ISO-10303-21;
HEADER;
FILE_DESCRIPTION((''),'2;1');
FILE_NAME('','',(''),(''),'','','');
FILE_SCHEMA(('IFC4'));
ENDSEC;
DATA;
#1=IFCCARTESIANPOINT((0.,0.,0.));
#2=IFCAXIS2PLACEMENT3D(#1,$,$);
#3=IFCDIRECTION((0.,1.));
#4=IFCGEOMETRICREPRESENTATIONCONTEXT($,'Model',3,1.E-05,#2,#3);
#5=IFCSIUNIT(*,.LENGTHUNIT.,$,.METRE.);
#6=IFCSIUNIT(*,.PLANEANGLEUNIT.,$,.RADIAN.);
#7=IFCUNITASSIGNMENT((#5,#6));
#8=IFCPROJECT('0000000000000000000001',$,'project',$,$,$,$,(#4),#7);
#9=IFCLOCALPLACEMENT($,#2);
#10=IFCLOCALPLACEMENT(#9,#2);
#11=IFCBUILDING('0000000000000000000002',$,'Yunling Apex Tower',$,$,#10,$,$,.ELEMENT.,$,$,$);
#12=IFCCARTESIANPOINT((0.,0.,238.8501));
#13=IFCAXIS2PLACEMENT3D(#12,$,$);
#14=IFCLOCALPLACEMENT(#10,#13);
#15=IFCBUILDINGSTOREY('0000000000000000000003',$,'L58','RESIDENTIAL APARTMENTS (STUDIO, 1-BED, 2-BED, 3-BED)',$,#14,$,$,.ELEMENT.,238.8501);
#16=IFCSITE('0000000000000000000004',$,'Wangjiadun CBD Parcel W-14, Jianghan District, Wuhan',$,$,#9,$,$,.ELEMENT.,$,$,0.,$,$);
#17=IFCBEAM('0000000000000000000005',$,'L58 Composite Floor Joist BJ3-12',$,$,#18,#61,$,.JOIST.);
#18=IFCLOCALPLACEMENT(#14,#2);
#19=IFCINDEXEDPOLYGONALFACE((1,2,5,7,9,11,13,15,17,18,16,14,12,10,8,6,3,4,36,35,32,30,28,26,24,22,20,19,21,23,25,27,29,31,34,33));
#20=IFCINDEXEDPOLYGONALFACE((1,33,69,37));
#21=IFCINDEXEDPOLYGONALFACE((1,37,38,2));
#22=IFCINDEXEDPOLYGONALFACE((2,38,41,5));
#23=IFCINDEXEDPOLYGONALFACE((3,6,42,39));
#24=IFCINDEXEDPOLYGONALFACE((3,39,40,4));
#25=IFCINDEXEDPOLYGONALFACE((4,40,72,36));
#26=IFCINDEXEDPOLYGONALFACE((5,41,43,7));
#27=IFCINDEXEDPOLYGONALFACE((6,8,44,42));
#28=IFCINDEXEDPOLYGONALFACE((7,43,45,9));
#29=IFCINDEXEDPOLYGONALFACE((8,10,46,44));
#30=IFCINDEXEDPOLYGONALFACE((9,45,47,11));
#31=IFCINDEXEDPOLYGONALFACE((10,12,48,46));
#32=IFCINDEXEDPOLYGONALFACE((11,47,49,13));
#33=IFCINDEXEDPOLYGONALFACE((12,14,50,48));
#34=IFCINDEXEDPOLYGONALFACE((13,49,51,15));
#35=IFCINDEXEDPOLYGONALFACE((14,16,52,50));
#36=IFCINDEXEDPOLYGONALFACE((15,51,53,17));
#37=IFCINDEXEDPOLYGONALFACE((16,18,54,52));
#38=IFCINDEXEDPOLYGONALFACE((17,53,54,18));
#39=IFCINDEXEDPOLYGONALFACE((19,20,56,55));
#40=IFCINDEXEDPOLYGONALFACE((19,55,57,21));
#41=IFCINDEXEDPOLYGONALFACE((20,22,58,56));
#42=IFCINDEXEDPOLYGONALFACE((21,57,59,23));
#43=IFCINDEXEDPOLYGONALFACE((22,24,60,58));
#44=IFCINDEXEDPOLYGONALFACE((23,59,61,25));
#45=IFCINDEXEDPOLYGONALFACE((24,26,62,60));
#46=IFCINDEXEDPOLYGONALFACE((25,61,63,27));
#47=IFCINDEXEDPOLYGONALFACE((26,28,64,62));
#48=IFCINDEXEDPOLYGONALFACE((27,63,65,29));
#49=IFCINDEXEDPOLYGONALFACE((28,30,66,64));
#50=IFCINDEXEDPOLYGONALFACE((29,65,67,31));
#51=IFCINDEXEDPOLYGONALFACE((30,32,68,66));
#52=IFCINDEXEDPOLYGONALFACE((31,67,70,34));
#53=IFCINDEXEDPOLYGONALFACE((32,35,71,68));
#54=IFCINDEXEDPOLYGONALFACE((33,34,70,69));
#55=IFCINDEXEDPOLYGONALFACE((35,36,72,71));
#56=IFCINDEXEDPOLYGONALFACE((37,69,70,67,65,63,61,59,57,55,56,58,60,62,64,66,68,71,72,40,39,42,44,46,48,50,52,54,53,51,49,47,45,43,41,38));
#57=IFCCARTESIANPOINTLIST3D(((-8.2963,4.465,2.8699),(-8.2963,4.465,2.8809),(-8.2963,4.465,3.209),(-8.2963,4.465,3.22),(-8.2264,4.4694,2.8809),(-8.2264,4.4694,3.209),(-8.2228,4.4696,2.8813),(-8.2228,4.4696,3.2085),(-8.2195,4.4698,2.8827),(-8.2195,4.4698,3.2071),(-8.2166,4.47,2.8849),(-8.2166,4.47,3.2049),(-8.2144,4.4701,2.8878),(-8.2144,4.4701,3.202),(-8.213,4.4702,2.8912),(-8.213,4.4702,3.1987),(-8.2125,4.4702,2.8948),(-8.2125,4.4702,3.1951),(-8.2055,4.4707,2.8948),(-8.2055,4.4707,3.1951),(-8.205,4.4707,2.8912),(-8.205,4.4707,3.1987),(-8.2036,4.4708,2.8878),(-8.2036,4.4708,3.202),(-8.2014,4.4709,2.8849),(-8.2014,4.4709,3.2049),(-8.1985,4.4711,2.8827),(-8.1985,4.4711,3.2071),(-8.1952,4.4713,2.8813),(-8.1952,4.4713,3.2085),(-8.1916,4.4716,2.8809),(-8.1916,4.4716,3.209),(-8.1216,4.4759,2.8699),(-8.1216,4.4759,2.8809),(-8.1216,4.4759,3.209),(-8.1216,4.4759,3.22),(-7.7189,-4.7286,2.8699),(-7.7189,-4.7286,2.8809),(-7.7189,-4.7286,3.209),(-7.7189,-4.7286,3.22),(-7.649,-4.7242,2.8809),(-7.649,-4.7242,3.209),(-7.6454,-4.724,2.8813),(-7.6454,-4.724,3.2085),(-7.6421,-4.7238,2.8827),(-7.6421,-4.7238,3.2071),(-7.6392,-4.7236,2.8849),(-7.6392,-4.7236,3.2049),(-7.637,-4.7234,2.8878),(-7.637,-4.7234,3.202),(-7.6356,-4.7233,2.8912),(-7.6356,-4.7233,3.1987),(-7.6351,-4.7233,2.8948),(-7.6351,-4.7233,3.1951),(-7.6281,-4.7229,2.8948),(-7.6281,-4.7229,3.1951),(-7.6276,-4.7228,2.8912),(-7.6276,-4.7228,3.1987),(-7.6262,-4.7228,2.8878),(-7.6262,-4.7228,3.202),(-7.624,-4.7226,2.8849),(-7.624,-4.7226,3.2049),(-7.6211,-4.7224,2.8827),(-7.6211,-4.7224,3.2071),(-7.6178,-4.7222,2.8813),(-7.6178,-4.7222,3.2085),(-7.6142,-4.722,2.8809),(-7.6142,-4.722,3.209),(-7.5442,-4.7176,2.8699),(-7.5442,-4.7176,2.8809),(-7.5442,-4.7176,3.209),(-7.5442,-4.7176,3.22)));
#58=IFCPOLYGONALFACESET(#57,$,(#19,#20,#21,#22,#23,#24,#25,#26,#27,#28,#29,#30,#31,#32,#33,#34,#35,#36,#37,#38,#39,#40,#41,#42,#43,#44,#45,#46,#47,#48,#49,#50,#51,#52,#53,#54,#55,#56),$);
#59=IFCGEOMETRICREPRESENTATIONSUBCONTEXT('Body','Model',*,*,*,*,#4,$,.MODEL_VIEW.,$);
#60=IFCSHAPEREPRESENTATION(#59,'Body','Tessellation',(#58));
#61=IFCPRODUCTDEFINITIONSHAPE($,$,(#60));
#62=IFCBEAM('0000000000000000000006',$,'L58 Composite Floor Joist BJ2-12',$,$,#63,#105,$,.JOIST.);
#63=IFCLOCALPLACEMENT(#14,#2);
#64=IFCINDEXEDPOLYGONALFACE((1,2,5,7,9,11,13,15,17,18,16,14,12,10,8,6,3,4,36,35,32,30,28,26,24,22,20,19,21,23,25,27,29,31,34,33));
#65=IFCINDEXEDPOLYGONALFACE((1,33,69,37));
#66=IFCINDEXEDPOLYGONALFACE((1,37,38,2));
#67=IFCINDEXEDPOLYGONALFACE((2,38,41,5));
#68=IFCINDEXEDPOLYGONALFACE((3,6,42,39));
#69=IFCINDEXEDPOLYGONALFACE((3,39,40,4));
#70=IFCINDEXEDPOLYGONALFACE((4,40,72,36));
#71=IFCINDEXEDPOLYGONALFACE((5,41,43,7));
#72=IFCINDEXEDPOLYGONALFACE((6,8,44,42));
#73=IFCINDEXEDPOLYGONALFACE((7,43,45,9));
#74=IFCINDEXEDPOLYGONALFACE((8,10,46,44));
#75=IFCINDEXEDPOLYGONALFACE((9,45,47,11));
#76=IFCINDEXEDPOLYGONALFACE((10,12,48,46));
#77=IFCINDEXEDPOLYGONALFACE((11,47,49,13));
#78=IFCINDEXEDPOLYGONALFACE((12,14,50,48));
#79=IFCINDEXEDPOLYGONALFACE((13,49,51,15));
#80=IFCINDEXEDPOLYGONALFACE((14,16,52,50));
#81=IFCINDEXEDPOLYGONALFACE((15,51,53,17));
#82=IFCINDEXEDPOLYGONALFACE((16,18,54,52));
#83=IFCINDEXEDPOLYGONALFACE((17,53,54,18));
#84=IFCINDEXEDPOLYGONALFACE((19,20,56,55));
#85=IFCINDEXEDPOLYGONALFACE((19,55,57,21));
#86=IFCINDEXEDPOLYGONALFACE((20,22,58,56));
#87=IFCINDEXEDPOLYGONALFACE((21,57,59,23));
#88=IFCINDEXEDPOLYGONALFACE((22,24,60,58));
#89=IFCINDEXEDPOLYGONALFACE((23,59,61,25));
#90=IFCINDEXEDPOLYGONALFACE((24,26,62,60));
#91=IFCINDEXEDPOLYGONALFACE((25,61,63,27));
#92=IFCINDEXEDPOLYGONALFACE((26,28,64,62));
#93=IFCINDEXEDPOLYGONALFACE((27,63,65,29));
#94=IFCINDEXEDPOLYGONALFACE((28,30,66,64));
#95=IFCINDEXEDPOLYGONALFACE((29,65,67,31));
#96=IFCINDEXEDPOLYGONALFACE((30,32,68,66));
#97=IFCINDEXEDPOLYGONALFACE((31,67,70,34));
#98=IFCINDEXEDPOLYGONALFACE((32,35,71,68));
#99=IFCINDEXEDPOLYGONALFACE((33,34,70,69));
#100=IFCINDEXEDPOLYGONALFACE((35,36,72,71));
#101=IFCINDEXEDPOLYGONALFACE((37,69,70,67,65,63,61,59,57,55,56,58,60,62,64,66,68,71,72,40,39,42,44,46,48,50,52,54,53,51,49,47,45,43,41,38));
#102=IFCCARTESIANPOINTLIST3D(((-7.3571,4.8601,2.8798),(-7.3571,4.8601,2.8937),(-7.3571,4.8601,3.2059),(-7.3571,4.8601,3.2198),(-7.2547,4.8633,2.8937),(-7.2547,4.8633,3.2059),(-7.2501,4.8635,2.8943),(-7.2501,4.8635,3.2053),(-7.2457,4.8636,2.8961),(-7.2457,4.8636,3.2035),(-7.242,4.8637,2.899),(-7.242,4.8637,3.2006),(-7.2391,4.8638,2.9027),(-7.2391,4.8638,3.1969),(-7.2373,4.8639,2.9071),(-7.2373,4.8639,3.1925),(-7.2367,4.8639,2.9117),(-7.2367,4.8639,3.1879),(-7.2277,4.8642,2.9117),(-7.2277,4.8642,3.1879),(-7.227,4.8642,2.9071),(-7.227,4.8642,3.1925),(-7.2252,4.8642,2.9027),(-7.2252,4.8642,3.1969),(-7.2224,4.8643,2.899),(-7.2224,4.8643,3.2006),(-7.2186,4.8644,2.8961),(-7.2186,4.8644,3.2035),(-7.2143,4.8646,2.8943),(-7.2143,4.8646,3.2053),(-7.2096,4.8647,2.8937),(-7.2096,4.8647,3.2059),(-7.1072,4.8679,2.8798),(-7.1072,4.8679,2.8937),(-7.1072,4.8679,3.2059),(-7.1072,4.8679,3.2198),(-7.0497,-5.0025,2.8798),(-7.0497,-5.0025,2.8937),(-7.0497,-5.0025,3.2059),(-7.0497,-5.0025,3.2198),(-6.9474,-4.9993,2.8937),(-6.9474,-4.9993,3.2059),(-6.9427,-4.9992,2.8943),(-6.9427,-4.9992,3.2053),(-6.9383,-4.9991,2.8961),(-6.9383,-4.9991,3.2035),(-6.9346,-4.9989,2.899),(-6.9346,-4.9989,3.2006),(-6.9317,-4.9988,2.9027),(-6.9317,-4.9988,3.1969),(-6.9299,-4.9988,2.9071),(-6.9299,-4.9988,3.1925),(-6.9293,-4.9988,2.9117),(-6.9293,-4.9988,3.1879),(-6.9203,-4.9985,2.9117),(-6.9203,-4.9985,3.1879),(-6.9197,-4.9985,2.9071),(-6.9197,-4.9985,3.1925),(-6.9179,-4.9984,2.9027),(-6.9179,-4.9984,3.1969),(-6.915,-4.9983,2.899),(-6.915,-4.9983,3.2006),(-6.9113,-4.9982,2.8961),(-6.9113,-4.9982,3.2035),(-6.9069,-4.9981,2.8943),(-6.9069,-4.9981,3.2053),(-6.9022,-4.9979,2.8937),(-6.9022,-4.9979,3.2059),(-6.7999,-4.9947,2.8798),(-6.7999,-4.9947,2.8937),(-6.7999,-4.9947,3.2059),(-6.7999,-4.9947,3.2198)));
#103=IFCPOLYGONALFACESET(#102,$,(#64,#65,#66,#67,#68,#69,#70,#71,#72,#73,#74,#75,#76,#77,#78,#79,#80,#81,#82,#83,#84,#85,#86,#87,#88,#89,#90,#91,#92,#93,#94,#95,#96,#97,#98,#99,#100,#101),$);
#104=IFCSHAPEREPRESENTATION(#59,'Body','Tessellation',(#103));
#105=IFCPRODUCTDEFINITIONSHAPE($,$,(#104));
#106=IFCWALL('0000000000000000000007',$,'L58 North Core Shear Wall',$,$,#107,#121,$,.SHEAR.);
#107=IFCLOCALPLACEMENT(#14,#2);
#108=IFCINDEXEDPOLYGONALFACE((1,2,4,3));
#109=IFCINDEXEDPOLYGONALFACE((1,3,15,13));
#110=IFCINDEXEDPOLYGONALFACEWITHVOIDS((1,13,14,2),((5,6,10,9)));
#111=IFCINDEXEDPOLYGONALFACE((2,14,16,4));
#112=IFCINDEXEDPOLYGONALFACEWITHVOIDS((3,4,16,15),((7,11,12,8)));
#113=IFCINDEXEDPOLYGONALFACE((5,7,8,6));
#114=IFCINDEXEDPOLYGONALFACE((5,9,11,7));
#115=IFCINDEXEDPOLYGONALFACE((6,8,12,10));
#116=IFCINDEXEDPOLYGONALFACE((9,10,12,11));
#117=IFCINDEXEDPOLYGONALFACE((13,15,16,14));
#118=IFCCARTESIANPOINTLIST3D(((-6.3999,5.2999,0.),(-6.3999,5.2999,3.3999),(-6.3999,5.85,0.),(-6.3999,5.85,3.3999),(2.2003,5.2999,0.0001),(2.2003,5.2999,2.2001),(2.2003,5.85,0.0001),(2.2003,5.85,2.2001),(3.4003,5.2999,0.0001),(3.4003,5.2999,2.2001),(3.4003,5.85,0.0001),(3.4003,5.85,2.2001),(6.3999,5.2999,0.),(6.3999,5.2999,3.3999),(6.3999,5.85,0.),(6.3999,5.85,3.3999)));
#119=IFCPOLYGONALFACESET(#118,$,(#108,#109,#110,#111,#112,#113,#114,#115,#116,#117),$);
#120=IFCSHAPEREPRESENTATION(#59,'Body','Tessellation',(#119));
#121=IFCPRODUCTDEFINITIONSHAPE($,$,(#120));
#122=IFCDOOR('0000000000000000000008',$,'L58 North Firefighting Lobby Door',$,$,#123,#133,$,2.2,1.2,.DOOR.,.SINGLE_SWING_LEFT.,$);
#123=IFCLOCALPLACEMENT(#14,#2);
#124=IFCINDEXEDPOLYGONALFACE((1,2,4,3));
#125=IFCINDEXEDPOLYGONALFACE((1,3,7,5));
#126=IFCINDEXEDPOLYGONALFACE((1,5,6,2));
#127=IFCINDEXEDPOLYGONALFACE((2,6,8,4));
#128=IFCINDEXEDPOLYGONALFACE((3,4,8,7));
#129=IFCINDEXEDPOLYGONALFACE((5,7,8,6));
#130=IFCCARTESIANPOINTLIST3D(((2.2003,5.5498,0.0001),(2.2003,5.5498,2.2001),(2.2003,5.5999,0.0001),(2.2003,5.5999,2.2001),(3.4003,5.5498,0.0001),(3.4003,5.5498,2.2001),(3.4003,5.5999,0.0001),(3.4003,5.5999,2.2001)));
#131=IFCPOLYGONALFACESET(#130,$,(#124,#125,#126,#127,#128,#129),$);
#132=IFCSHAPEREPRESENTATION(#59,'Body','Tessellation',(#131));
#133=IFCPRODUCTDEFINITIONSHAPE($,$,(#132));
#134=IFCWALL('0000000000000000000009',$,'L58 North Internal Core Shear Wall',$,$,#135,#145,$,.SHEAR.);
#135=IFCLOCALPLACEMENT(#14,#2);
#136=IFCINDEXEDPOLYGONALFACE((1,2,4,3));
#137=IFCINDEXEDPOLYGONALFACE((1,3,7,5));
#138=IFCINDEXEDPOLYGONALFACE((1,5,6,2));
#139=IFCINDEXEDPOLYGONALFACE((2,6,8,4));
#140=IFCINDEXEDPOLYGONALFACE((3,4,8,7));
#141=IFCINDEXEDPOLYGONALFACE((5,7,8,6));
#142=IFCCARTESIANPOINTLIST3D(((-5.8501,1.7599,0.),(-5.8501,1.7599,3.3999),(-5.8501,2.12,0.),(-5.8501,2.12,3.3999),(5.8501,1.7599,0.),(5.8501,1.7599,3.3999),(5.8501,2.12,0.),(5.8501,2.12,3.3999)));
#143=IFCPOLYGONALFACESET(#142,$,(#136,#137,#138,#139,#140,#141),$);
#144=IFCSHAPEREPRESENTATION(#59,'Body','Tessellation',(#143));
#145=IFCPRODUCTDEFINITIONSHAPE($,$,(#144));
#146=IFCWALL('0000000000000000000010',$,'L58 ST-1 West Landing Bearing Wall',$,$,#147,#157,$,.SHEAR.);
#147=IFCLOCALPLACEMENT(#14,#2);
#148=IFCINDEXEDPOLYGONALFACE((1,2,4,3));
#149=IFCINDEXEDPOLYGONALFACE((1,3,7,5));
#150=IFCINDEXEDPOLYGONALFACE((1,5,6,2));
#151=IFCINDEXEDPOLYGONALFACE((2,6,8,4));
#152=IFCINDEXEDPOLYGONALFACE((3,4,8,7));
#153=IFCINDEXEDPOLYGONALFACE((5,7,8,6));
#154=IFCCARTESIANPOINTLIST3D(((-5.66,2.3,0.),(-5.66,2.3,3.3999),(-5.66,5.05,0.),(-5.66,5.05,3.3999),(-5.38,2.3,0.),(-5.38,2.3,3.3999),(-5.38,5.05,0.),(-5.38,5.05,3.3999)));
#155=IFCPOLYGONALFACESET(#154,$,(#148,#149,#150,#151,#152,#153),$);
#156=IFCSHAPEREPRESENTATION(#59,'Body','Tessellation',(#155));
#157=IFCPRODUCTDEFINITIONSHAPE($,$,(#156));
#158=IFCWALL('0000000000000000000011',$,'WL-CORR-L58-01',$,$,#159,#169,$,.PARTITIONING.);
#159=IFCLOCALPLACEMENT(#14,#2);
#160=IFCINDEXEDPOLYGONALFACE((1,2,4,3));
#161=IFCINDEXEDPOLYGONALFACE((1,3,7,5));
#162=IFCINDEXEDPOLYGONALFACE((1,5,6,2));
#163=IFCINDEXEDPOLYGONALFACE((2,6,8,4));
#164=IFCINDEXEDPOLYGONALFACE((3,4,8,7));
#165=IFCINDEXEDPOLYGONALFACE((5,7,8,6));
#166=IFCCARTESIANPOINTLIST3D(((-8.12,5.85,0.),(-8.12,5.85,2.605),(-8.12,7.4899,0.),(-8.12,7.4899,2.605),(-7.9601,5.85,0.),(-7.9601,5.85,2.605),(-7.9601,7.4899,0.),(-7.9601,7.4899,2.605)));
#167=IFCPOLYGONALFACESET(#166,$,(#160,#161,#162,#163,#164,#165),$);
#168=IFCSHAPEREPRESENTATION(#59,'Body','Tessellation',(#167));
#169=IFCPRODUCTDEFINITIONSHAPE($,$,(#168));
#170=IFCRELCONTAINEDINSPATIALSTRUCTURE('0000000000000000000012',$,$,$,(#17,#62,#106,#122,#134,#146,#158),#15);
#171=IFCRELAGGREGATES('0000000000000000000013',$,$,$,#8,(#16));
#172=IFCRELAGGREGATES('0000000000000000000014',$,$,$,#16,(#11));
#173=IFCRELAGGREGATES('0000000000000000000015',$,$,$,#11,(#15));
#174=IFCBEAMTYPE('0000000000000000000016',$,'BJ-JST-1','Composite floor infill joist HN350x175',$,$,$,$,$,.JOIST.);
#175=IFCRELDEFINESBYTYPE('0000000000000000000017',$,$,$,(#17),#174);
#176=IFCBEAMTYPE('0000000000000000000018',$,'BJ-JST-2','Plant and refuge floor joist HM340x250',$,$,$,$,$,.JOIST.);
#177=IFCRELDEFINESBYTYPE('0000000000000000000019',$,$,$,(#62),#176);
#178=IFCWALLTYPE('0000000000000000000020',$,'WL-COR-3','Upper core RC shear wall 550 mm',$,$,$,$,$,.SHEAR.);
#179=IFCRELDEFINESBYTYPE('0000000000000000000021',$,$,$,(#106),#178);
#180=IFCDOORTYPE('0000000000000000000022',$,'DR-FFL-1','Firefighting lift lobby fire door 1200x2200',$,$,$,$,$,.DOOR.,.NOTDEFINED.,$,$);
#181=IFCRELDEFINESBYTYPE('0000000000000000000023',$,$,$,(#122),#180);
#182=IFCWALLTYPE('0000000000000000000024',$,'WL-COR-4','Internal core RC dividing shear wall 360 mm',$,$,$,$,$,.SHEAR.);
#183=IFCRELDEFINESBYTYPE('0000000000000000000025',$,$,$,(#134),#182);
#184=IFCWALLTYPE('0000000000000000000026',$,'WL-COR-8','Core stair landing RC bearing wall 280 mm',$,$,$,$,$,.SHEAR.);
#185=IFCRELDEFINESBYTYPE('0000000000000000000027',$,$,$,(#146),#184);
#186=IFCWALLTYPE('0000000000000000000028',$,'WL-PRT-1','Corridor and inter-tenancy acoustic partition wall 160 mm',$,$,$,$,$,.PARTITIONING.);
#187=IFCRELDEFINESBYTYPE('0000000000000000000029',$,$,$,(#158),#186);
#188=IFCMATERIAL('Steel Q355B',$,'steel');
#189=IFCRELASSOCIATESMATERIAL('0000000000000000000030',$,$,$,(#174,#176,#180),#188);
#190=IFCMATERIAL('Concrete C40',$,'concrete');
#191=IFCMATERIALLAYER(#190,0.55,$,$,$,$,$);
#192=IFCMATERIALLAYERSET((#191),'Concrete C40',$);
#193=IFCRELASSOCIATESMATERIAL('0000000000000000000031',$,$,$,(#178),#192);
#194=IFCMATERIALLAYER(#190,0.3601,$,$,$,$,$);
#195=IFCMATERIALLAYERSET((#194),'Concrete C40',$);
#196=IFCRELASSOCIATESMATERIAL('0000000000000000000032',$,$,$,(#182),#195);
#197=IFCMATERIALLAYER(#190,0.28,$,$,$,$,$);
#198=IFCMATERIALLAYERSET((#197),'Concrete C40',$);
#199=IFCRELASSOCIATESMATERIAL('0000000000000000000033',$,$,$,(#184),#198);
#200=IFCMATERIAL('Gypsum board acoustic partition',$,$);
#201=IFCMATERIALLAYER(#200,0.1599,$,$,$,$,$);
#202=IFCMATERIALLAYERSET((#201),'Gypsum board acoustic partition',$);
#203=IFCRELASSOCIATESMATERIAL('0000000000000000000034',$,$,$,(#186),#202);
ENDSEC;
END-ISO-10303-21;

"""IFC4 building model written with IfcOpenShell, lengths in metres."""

from ifc_helpers import new_model, si_unit, direction, frame, frame_2d, origin, origin_2d, place, context, subcontext, project, spatial, rectangle, i_section, extrude, source, transform, mapped, material, layer, layer_set, material_profile, profile_set, type_object, element, fill, save


model = new_model("IFC4")

# Units and contexts
model_context = context("Model", 3, precision=1e-05, world=origin(), true_north=direction((0.0, 1.0)))
body_context = subcontext(model_context, "Body", "Model", "MODEL_VIEW")
ifc_project = project(units=[si_unit("LENGTHUNIT", "METRE"), si_unit("PLANEANGLEUNIT", "RADIAN")], contexts=[model_context])

# Site, building, storey
site_placement = place(None, origin())
site = spatial("IfcSite", under=ifc_project, at=site_placement, Name="Wangjiadun CBD Parcel W-14, Jianghan District, Wuhan", CompositionType="ELEMENT", RefElevation=0.0)
building_placement = place(site_placement, origin())
building = spatial("IfcBuilding", under=site, at=building_placement, Name="Yunling Apex Tower", CompositionType="ELEMENT")
storey_placement = place(building_placement, frame((0.0, 0.0, 238.8501)))
storey = spatial("IfcBuildingStorey", under=building, at=storey_placement, Name="L58", Description="RESIDENTIAL APARTMENTS (STUDIO, 1-BED, 2-BED, 3-BED)", CompositionType="ELEMENT", Elevation=238.8501)

# Beams
ifc_material_1 = material(Name="Steel Q355B", Category="steel")
ifc_material_profile_1 = material_profile(ifc_material_1, i_section(OverallWidth=0.175, OverallDepth=0.3501, WebThickness=0.0071, FlangeThickness=0.011, FilletRadius=0.0139, at=origin_2d()))
ifc_profile_set_1 = profile_set([ifc_material_profile_1], Name="Steel Q355B")
beam_type_1 = type_object("IfcBeamType", Name="BJ-JST-1", Description="Composite floor infill joist HN350x175", PredefinedType="JOIST", material=ifc_profile_set_1)
shared_shape_1 = source(origin(), body_context, "Body", "SweptSolid", [
    extrude(i_section(OverallWidth=0.175, OverallDepth=0.3501, WebThickness=0.0071, FlangeThickness=0.011, FilletRadius=0.0139, at=origin_2d()), origin(), (0.0, 0.0, 1.0), 9.2117),
])
beam_1_placement = place(storey_placement, frame((-8.209, 4.4705, 3.0449), z_axis=(0.06268, -0.998034, 0.0), x_axis=(0.998034, 0.06268, 0.0)))
element("IfcBeam", 1, at=beam_1_placement, inside=storey, type_object=beam_type_1, Name="L58 Composite Floor Joist BJ3-12", PredefinedType="JOIST", context=body_context, shape_type="MappedRepresentation", body=[
    mapped(shared_shape_1, transform((0.0, 0.0, 0.0), scale=1.0)),
])
ifc_material_profile_2 = material_profile(ifc_material_1, i_section(OverallWidth=0.25, OverallDepth=0.3401, WebThickness=0.009, FlangeThickness=0.0139, FilletRadius=0.0181, at=origin_2d()))
ifc_profile_set_2 = profile_set([ifc_material_profile_2], Name="Steel Q355B")
beam_type_2 = type_object("IfcBeamType", Name="BJ-JST-2", Description="Plant and refuge floor joist HM340x250", PredefinedType="JOIST", material=ifc_profile_set_2)
shared_shape_2 = source(origin(), body_context, "Body", "SweptSolid", [
    extrude(i_section(OverallWidth=0.25, OverallDepth=0.3401, WebThickness=0.009, FlangeThickness=0.0139, FilletRadius=0.0181, at=origin_2d()), origin(), (0.0, 0.0, 1.0), 9.8674),
])
beam_2_placement = place(storey_placement, frame((-7.2322, 4.864, 3.0498), z_axis=(0.031151, -0.999515, 0.0), x_axis=(0.999515, 0.031151, 0.0)))
element("IfcBeam", 2, at=beam_2_placement, inside=storey, type_object=beam_type_2, Name="L58 Composite Floor Joist BJ2-12", PredefinedType="JOIST", context=body_context, shape_type="MappedRepresentation", body=[
    mapped(shared_shape_2, transform((0.0, 0.0, 0.0), scale=1.0)),
])

# Wall, opening, door
ifc_material_2 = material(Name="Concrete C40", Category="concrete")
ifc_layer_1 = layer(ifc_material_2, 0.55)
ifc_layer_set_1 = layer_set([ifc_layer_1], Name="Concrete C40")
wall_type_1 = type_object("IfcWallType", Name="WL-COR-3", Description="Upper core RC shear wall 550 mm", PredefinedType="SHEAR", material=ifc_layer_set_1)
wall_1_placement = place(storey_placement, frame((-6.3999, 5.575, 0.0), z_axis=(0.0, 0.0, 1.0), x_axis=(1.0, 0.0, 0.0)))
wall_1 = element("IfcWall", 3, at=wall_1_placement, inside=storey, type_object=wall_type_1, Name="L58 North Core Shear Wall", PredefinedType="SHEAR", context=body_context, shape_type="SweptSolid", body=[
    extrude(rectangle(XDim=12.7998, YDim=0.55, at=frame_2d((6.3999, 0.0))), origin(), (0.0, 0.0, 1.0), 3.3999),
])
opening_placement = place(wall_1_placement, frame((8.6001, 0.0, 0.0)))
opening = element("IfcOpeningElement", 4, at=opening_placement, cuts=wall_1, PredefinedType="OPENING", context=body_context, shape_type="SweptSolid", body=[
    extrude(rectangle(XDim=1.2, YDim=2.2, at=frame_2d((0.6001, 1.1001))), frame((0.0, 0.2852, 0.0), z_axis=(0.0, -1.0, 0.0), x_axis=(1.0, 0.0, 0.0)), (0.0, 0.0, 1.0), 0.5701),
])
door_type = type_object("IfcDoorType", Name="DR-FFL-1", Description="Firefighting lift lobby fire door 1200x2200", OperationType="NOTDEFINED", PredefinedType="DOOR", material=ifc_material_1)
door_placement = place(opening_placement, origin())
door = element("IfcDoor", 5, at=door_placement, inside=storey, type_object=door_type, Name="L58 North Firefighting Lobby Door", OperationType="SINGLE_SWING_LEFT", OverallHeight=2.2, OverallWidth=1.2, PredefinedType="DOOR", context=body_context, shape_type="SweptSolid", body=[
    extrude(rectangle(XDim=1.2, YDim=2.2, at=frame_2d((0.6001, 1.1001))), frame((0.0, 0.0249, 0.0), z_axis=(0.0, -1.0, 0.0), x_axis=(1.0, 0.0, 0.0)), (0.0, 0.0, 1.0), 0.05),
])
fill(opening, door)

# Walls
ifc_layer_2 = layer(ifc_material_2, 0.3601)
ifc_layer_set_2 = layer_set([ifc_layer_2], Name="Concrete C40")
wall_type_2 = type_object("IfcWallType", Name="WL-COR-4", Description="Internal core RC dividing shear wall 360 mm", PredefinedType="SHEAR", material=ifc_layer_set_2)
wall_2_placement = place(storey_placement, frame((-5.8501, 1.9399, 0.0), z_axis=(0.0, 0.0, 1.0), x_axis=(1.0, 0.0, 0.0)))
element("IfcWall", 6, at=wall_2_placement, inside=storey, type_object=wall_type_2, Name="L58 North Internal Core Shear Wall", PredefinedType="SHEAR", context=body_context, shape_type="SweptSolid", body=[
    extrude(rectangle(XDim=11.7002, YDim=0.3601, at=frame_2d((5.8501, 0.0))), origin(), (0.0, 0.0, 1.0), 3.3999),
])
ifc_layer_3 = layer(ifc_material_2, 0.28)
ifc_layer_set_3 = layer_set([ifc_layer_3], Name="Concrete C40")
wall_type_3 = type_object("IfcWallType", Name="WL-COR-8", Description="Core stair landing RC bearing wall 280 mm", PredefinedType="SHEAR", material=ifc_layer_set_3)
wall_3_placement = place(storey_placement, frame((-5.52, 2.3, 0.0), z_axis=(0.0, 0.0, 1.0), x_axis=(0.0, 1.0, 0.0)))
element("IfcWall", 7, at=wall_3_placement, inside=storey, type_object=wall_type_3, Name="L58 ST-1 West Landing Bearing Wall", PredefinedType="SHEAR", context=body_context, shape_type="SweptSolid", body=[
    extrude(rectangle(XDim=2.75, YDim=0.28, at=frame_2d((1.375, 0.0))), origin(), (0.0, 0.0, 1.0), 3.3999),
])
ifc_material_3 = material(Name="Gypsum board acoustic partition")
ifc_layer_4 = layer(ifc_material_3, 0.1599)
ifc_layer_set_4 = layer_set([ifc_layer_4], Name="Gypsum board acoustic partition")
wall_type_4 = type_object("IfcWallType", Name="WL-PRT-1", Description="Corridor and inter-tenancy acoustic partition wall 160 mm", PredefinedType="PARTITIONING", material=ifc_layer_set_4)
wall_4_placement = place(storey_placement, frame((-8.04, 5.8501, 0.0), z_axis=(0.0, 0.0, 1.0), x_axis=(0.0, 1.0, 0.0)))
element("IfcWall", 8, at=wall_4_placement, inside=storey, type_object=wall_type_4, Name="WL-CORR-L58-01", PredefinedType="PARTITIONING", context=body_context, shape_type="SweptSolid", body=[
    extrude(rectangle(XDim=1.6399, YDim=0.1599, at=frame_2d((0.8198, 0.0))), origin(), (0.0, 0.0, 1.0), 2.605),
])

save(model, "model.ifc")
